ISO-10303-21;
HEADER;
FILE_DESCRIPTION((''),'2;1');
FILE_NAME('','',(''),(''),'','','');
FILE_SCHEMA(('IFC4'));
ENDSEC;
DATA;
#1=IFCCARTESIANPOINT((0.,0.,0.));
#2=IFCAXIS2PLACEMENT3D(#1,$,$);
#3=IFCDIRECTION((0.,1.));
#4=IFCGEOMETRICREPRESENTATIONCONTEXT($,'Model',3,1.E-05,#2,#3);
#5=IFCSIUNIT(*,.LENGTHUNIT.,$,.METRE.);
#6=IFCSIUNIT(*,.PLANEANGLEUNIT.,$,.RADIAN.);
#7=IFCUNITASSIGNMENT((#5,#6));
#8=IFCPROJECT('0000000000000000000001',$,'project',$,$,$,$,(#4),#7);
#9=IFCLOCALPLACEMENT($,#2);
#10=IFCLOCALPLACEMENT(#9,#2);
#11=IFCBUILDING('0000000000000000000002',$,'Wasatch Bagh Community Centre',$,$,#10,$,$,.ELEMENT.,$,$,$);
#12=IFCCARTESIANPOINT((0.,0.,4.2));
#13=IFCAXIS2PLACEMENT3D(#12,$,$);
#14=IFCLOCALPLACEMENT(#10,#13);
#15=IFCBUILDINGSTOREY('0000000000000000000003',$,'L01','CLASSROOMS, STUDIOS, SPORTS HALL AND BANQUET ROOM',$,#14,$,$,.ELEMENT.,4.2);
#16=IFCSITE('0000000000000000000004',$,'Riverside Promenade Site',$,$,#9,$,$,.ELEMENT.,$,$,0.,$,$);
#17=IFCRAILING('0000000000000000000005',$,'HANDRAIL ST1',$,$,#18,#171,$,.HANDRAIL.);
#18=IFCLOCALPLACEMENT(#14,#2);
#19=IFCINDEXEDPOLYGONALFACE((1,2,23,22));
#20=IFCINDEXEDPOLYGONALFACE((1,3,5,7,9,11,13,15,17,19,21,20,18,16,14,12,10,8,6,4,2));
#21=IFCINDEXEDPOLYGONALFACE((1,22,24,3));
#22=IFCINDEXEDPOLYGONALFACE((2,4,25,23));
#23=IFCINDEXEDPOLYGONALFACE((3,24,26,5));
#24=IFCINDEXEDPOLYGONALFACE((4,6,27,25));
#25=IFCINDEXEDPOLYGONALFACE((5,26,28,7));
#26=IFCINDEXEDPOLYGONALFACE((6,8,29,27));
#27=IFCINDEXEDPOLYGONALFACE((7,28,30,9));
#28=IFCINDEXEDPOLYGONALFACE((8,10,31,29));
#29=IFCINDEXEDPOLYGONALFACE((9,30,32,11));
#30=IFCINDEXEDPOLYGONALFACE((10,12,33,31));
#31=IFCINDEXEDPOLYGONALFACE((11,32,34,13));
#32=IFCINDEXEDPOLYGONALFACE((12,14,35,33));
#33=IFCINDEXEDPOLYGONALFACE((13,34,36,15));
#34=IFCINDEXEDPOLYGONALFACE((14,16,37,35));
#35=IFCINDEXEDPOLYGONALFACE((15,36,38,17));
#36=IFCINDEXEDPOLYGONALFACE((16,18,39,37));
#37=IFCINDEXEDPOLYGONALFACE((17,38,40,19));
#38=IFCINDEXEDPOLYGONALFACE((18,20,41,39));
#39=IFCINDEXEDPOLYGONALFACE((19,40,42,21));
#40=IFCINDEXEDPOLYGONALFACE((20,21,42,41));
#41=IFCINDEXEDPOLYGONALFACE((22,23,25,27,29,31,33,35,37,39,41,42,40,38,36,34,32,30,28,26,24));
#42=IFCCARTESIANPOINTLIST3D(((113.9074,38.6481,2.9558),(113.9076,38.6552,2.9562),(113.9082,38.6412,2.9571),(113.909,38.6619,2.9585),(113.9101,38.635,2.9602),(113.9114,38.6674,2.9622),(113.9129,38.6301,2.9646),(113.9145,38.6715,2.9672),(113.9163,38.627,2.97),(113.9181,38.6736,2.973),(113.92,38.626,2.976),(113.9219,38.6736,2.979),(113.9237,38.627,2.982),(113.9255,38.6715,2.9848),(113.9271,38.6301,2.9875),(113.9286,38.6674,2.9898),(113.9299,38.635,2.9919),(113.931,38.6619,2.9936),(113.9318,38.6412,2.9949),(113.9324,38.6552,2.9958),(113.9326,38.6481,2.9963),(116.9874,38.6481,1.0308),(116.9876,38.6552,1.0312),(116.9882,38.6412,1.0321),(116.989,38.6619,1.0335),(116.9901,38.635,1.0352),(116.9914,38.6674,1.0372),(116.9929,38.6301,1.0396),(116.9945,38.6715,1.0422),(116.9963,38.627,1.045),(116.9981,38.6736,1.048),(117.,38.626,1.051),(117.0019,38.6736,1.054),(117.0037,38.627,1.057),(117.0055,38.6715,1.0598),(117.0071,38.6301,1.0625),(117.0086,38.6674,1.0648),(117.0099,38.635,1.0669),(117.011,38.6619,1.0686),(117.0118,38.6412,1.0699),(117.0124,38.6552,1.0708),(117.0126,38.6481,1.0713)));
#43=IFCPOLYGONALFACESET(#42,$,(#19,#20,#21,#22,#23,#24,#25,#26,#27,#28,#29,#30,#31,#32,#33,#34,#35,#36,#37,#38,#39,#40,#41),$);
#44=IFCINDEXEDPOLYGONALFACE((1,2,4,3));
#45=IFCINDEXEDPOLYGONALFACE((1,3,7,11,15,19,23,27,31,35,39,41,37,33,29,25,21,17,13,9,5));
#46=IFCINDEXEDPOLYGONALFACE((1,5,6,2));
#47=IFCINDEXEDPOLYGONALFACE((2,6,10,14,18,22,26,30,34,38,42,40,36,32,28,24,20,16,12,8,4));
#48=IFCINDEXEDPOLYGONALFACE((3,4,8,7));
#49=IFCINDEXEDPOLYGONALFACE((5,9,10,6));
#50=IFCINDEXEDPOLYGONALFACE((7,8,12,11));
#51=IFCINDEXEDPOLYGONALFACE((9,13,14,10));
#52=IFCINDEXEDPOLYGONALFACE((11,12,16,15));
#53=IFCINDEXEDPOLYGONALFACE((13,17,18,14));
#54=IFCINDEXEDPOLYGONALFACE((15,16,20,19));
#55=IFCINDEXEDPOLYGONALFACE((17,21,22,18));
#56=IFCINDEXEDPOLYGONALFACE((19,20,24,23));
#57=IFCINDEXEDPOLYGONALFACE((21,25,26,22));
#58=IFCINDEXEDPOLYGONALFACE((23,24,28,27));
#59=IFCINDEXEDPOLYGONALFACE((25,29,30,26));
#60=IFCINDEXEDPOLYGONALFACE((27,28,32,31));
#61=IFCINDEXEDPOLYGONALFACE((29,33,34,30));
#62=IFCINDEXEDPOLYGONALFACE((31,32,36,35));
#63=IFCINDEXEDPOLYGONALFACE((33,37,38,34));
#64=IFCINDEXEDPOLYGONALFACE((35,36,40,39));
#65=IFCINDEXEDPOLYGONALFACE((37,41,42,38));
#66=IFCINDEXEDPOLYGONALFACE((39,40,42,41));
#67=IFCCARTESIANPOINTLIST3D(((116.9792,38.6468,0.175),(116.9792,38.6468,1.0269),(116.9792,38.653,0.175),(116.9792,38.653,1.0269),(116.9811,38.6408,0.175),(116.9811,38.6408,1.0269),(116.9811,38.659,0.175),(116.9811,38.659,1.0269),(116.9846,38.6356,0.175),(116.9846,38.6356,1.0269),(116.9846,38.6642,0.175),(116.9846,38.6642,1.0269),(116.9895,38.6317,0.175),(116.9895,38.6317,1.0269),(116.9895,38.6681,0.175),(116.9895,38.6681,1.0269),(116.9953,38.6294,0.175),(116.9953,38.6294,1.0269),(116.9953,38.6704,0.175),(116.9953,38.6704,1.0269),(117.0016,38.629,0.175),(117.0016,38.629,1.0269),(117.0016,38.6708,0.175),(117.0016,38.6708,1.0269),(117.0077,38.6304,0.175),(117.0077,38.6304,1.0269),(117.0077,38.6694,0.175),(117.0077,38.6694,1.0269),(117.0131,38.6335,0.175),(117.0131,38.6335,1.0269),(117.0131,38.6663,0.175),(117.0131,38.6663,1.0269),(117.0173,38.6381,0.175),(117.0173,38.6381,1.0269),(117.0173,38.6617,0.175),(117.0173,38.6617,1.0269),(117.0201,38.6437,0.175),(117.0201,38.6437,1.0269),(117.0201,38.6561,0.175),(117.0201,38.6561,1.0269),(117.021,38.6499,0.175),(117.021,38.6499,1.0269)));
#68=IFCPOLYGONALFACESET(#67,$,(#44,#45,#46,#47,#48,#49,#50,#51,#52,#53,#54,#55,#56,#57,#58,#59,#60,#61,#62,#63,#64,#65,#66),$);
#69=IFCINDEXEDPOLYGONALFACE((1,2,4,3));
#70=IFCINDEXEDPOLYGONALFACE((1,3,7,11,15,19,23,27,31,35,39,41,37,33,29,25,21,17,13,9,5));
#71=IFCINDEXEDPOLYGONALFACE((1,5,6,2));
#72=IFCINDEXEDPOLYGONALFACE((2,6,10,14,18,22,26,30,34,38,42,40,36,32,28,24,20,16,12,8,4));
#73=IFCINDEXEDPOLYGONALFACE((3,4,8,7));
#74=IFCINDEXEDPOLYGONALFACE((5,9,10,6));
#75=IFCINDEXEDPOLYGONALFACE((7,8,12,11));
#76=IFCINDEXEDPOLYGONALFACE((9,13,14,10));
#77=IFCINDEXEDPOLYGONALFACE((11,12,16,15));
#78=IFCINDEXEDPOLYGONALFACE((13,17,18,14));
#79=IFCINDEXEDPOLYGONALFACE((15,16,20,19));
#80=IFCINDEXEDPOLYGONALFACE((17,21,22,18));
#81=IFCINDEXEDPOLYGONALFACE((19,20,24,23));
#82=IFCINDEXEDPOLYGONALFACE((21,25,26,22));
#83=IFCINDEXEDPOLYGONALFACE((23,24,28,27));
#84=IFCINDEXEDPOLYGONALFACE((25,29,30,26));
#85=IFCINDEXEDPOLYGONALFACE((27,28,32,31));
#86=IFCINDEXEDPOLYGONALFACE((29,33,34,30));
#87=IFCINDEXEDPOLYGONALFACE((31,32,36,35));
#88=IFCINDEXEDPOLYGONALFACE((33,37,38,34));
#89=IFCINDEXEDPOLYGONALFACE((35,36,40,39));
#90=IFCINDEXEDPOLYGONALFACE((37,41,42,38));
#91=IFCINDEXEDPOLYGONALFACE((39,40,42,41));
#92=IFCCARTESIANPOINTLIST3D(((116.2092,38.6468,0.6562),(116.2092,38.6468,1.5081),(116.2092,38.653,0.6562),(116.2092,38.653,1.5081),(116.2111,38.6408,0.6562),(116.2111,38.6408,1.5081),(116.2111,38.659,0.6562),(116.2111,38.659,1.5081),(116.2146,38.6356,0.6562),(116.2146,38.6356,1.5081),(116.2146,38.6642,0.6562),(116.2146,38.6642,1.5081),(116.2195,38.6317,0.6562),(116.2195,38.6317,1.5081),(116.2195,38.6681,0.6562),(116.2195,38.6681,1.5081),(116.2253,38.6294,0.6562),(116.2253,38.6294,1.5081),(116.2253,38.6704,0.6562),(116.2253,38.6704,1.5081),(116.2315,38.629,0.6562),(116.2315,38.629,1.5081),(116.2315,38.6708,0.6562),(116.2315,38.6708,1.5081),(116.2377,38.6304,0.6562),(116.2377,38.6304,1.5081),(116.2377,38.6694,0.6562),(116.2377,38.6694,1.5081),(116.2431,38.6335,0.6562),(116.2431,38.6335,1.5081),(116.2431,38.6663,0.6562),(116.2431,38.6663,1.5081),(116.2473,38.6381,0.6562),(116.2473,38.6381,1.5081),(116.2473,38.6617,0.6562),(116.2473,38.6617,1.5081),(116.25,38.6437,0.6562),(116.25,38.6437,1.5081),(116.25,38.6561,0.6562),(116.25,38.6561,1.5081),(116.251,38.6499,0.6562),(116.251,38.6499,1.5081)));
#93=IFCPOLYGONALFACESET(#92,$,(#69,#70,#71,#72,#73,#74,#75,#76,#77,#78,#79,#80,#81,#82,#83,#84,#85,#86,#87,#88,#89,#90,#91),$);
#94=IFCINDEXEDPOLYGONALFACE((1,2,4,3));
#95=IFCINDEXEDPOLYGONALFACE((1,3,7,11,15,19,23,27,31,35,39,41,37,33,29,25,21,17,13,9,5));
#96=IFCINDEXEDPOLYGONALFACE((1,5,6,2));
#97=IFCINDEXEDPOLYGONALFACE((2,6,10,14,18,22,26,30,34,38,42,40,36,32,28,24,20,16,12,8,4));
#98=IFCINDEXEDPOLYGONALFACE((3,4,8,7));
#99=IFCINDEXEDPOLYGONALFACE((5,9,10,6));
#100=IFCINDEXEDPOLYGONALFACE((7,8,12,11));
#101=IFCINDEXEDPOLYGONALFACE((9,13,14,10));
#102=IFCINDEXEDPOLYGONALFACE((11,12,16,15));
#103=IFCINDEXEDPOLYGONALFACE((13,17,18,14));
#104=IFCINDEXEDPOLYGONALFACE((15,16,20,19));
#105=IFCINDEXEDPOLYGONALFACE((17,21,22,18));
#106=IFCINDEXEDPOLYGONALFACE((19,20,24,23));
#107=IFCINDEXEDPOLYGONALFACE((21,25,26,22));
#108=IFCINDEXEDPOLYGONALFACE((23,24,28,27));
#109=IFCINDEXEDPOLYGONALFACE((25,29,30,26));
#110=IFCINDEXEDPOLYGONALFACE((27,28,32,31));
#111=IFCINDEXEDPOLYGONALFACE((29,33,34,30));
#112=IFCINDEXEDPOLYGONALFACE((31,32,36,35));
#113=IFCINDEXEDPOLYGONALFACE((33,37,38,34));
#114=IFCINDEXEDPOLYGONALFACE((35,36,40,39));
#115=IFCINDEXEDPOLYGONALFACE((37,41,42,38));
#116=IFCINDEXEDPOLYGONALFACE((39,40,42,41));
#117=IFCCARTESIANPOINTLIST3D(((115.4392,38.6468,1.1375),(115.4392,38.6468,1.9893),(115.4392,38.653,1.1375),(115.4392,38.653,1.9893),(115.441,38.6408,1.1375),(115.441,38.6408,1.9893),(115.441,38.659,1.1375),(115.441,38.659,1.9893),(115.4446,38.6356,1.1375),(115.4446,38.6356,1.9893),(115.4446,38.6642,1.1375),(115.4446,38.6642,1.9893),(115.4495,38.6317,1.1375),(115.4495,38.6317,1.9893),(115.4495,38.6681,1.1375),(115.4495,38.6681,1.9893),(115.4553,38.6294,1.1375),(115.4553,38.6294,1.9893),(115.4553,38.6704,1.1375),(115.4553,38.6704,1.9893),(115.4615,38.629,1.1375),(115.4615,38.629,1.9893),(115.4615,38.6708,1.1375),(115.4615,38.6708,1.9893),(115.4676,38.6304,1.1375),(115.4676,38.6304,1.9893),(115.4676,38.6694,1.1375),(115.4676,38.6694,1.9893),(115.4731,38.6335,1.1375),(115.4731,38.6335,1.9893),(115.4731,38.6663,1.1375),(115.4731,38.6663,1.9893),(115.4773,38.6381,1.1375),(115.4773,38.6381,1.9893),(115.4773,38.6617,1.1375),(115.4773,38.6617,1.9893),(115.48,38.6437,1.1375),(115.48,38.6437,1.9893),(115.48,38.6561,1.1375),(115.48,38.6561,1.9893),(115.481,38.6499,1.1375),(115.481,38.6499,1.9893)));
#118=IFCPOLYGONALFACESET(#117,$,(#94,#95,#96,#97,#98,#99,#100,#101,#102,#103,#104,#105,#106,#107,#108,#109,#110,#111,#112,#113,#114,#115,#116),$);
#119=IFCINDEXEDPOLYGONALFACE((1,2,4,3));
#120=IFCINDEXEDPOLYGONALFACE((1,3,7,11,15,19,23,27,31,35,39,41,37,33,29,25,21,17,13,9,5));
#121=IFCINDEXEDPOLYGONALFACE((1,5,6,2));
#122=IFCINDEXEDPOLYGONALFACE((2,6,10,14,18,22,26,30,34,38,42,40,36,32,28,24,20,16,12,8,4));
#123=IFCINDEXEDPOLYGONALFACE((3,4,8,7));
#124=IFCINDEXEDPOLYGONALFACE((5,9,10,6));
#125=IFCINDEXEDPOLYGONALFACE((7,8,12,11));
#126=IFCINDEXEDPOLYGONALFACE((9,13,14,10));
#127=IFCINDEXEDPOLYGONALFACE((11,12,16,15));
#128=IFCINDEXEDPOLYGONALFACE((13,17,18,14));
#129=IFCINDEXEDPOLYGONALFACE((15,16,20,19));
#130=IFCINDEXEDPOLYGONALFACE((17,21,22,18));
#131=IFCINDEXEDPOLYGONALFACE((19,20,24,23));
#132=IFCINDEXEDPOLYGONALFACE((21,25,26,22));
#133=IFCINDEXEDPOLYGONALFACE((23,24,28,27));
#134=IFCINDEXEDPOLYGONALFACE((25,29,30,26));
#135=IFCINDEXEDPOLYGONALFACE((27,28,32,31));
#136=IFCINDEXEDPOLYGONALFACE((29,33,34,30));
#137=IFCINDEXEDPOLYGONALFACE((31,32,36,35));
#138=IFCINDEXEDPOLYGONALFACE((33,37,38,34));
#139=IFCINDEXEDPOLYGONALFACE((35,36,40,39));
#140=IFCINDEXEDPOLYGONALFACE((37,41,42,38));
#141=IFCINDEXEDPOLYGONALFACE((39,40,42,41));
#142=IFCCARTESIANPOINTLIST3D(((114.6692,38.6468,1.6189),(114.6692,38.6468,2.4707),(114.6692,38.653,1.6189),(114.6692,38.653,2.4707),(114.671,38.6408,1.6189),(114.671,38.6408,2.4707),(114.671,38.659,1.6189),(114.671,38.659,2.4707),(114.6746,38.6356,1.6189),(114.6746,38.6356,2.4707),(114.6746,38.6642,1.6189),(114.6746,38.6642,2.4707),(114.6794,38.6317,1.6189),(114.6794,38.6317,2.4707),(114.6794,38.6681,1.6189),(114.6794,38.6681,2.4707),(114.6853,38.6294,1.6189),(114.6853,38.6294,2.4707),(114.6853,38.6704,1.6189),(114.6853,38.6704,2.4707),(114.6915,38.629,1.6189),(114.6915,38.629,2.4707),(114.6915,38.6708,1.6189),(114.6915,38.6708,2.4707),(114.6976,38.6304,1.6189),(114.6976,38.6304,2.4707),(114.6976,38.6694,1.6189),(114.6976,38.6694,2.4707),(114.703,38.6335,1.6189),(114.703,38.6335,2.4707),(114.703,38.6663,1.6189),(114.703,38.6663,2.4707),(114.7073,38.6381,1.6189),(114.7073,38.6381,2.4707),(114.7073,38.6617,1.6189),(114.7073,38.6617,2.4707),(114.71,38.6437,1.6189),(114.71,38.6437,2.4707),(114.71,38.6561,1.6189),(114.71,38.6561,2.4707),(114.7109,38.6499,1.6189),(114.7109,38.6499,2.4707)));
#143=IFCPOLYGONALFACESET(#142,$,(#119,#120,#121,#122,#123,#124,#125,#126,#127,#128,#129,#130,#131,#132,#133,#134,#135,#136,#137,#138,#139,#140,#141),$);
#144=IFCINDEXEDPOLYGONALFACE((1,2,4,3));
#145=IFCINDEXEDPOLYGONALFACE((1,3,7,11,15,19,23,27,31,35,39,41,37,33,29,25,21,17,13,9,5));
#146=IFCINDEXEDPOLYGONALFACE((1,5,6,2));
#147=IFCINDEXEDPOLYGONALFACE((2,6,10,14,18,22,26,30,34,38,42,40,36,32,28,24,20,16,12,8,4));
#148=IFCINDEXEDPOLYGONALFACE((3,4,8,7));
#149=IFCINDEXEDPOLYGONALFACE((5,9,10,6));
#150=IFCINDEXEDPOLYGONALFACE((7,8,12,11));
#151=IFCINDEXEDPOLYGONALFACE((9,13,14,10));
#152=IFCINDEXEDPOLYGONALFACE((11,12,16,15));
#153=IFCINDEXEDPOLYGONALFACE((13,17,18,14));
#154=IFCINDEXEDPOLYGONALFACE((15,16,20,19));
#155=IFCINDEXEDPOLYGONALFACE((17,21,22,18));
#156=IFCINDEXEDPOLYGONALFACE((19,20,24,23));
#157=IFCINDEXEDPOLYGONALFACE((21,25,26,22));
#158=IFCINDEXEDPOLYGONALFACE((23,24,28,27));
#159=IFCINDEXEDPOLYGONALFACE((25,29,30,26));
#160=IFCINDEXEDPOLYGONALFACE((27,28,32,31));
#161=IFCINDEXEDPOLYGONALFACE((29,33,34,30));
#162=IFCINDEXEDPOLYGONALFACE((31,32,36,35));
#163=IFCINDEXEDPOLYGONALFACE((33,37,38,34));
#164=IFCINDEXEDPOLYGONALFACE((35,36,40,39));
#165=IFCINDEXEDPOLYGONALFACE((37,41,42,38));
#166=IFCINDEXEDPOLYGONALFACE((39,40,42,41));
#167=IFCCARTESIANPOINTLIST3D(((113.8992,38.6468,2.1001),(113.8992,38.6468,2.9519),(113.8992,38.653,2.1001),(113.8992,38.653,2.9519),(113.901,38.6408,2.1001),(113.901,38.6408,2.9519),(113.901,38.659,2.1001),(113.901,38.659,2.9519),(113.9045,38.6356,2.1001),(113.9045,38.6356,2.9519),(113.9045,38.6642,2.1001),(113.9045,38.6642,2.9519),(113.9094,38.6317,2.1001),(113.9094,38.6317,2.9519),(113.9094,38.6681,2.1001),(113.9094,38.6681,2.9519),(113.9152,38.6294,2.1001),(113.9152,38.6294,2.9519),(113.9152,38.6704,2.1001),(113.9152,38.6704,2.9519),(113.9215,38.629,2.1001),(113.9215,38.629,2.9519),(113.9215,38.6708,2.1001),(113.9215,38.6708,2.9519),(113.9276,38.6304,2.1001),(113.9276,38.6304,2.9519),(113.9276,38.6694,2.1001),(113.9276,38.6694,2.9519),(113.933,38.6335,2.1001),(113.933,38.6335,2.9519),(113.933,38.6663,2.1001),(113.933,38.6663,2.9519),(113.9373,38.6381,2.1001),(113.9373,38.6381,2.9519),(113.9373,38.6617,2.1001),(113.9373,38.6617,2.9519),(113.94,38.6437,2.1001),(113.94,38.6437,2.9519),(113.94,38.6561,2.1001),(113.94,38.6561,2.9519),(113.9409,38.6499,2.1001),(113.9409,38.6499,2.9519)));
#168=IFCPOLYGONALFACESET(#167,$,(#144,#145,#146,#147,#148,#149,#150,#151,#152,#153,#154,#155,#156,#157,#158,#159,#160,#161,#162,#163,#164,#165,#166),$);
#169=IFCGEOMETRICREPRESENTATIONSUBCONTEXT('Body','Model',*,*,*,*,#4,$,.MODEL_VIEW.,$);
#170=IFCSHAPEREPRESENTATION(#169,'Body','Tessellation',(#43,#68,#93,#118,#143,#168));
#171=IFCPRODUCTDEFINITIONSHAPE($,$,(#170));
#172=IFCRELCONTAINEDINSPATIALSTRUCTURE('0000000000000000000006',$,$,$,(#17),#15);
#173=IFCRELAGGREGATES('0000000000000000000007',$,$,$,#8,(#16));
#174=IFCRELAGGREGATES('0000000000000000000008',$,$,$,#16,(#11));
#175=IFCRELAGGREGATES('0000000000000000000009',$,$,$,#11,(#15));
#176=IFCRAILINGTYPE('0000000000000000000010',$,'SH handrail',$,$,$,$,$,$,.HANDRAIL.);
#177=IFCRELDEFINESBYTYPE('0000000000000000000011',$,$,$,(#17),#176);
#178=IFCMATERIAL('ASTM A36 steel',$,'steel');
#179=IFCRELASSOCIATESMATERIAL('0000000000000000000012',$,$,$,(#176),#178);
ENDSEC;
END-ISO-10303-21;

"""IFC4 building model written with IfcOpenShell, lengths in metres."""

from ifc_helpers import new_model, si_unit, direction, frame, origin, origin_2d, place, context, subcontext, project, spatial, circle, extrude, material, type_object, element, save


model = new_model("IFC4")

# Units and contexts
model_context = context("Model", 3, precision=1e-05, world=origin(), true_north=direction((0.0, 1.0)))
body_context = subcontext(model_context, "Body", "Model", "MODEL_VIEW")
ifc_project = project(units=[si_unit("LENGTHUNIT", "METRE"), si_unit("PLANEANGLEUNIT", "RADIAN")], contexts=[model_context])

# Site, building, storey
site_placement = place(None, origin())
site = spatial("IfcSite", under=ifc_project, at=site_placement, Name="Riverside Promenade Site", CompositionType="ELEMENT", RefElevation=0.0)
building_placement = place(site_placement, origin())
building = spatial("IfcBuilding", under=site, at=building_placement, Name="Wasatch Bagh Community Centre", CompositionType="ELEMENT")
storey_placement = place(building_placement, frame((0.0, 0.0, 4.2)))
storey = spatial("IfcBuildingStorey", under=building, at=storey_placement, Name="L01", Description="CLASSROOMS, STUDIOS, SPORTS HALL AND BANQUET ROOM", CompositionType="ELEMENT", Elevation=4.2)

# Railing
ifc_material_1 = material(Name="ASTM A36 steel", Category="steel")
railing_type_1 = type_object("IfcRailingType", Name="SH handrail", PredefinedType="HANDRAIL", material=ifc_material_1)
for number, where, name in (
    (1, (117.0, 38.6499, 0.175), "HANDRAIL ST1"),
):
    element("IfcRailing", number, at=place(storey_placement, frame(where)), inside=storey, type_object=railing_type_1, Name=name, PredefinedType="HANDRAIL", context=body_context, shape_type="SweptSolid", body=[
        extrude(circle(Radius=0.0239, at=origin_2d()), frame((0.0, 0.0, 0.876), z_axis=(-0.847998, 0.0, 0.529999), x_axis=(0.0, -1.0, 0.0)), (0.0, 0.0, 1.0), 3.6321),
        extrude(circle(Radius=0.021, at=origin_2d()), origin(), (0.0, 0.0, 1.0), 0.8518),
        extrude(circle(Radius=0.021, at=origin_2d()), frame((-0.77, 0.0, 0.4812)), (0.0, 0.0, 1.0), 0.8518),
        extrude(circle(Radius=0.021, at=origin_2d()), frame((-1.54, 0.0, 0.9624)), (0.0, 0.0, 1.0), 0.8518),
        extrude(circle(Radius=0.021, at=origin_2d()), frame((-2.3101, 0.0, 1.4438)), (0.0, 0.0, 1.0), 0.8518),
        extrude(circle(Radius=0.021, at=origin_2d()), frame((-3.0801, 0.0, 1.925)), (0.0, 0.0, 1.0), 0.8518),
    ])

save(model, "model.ifc")
